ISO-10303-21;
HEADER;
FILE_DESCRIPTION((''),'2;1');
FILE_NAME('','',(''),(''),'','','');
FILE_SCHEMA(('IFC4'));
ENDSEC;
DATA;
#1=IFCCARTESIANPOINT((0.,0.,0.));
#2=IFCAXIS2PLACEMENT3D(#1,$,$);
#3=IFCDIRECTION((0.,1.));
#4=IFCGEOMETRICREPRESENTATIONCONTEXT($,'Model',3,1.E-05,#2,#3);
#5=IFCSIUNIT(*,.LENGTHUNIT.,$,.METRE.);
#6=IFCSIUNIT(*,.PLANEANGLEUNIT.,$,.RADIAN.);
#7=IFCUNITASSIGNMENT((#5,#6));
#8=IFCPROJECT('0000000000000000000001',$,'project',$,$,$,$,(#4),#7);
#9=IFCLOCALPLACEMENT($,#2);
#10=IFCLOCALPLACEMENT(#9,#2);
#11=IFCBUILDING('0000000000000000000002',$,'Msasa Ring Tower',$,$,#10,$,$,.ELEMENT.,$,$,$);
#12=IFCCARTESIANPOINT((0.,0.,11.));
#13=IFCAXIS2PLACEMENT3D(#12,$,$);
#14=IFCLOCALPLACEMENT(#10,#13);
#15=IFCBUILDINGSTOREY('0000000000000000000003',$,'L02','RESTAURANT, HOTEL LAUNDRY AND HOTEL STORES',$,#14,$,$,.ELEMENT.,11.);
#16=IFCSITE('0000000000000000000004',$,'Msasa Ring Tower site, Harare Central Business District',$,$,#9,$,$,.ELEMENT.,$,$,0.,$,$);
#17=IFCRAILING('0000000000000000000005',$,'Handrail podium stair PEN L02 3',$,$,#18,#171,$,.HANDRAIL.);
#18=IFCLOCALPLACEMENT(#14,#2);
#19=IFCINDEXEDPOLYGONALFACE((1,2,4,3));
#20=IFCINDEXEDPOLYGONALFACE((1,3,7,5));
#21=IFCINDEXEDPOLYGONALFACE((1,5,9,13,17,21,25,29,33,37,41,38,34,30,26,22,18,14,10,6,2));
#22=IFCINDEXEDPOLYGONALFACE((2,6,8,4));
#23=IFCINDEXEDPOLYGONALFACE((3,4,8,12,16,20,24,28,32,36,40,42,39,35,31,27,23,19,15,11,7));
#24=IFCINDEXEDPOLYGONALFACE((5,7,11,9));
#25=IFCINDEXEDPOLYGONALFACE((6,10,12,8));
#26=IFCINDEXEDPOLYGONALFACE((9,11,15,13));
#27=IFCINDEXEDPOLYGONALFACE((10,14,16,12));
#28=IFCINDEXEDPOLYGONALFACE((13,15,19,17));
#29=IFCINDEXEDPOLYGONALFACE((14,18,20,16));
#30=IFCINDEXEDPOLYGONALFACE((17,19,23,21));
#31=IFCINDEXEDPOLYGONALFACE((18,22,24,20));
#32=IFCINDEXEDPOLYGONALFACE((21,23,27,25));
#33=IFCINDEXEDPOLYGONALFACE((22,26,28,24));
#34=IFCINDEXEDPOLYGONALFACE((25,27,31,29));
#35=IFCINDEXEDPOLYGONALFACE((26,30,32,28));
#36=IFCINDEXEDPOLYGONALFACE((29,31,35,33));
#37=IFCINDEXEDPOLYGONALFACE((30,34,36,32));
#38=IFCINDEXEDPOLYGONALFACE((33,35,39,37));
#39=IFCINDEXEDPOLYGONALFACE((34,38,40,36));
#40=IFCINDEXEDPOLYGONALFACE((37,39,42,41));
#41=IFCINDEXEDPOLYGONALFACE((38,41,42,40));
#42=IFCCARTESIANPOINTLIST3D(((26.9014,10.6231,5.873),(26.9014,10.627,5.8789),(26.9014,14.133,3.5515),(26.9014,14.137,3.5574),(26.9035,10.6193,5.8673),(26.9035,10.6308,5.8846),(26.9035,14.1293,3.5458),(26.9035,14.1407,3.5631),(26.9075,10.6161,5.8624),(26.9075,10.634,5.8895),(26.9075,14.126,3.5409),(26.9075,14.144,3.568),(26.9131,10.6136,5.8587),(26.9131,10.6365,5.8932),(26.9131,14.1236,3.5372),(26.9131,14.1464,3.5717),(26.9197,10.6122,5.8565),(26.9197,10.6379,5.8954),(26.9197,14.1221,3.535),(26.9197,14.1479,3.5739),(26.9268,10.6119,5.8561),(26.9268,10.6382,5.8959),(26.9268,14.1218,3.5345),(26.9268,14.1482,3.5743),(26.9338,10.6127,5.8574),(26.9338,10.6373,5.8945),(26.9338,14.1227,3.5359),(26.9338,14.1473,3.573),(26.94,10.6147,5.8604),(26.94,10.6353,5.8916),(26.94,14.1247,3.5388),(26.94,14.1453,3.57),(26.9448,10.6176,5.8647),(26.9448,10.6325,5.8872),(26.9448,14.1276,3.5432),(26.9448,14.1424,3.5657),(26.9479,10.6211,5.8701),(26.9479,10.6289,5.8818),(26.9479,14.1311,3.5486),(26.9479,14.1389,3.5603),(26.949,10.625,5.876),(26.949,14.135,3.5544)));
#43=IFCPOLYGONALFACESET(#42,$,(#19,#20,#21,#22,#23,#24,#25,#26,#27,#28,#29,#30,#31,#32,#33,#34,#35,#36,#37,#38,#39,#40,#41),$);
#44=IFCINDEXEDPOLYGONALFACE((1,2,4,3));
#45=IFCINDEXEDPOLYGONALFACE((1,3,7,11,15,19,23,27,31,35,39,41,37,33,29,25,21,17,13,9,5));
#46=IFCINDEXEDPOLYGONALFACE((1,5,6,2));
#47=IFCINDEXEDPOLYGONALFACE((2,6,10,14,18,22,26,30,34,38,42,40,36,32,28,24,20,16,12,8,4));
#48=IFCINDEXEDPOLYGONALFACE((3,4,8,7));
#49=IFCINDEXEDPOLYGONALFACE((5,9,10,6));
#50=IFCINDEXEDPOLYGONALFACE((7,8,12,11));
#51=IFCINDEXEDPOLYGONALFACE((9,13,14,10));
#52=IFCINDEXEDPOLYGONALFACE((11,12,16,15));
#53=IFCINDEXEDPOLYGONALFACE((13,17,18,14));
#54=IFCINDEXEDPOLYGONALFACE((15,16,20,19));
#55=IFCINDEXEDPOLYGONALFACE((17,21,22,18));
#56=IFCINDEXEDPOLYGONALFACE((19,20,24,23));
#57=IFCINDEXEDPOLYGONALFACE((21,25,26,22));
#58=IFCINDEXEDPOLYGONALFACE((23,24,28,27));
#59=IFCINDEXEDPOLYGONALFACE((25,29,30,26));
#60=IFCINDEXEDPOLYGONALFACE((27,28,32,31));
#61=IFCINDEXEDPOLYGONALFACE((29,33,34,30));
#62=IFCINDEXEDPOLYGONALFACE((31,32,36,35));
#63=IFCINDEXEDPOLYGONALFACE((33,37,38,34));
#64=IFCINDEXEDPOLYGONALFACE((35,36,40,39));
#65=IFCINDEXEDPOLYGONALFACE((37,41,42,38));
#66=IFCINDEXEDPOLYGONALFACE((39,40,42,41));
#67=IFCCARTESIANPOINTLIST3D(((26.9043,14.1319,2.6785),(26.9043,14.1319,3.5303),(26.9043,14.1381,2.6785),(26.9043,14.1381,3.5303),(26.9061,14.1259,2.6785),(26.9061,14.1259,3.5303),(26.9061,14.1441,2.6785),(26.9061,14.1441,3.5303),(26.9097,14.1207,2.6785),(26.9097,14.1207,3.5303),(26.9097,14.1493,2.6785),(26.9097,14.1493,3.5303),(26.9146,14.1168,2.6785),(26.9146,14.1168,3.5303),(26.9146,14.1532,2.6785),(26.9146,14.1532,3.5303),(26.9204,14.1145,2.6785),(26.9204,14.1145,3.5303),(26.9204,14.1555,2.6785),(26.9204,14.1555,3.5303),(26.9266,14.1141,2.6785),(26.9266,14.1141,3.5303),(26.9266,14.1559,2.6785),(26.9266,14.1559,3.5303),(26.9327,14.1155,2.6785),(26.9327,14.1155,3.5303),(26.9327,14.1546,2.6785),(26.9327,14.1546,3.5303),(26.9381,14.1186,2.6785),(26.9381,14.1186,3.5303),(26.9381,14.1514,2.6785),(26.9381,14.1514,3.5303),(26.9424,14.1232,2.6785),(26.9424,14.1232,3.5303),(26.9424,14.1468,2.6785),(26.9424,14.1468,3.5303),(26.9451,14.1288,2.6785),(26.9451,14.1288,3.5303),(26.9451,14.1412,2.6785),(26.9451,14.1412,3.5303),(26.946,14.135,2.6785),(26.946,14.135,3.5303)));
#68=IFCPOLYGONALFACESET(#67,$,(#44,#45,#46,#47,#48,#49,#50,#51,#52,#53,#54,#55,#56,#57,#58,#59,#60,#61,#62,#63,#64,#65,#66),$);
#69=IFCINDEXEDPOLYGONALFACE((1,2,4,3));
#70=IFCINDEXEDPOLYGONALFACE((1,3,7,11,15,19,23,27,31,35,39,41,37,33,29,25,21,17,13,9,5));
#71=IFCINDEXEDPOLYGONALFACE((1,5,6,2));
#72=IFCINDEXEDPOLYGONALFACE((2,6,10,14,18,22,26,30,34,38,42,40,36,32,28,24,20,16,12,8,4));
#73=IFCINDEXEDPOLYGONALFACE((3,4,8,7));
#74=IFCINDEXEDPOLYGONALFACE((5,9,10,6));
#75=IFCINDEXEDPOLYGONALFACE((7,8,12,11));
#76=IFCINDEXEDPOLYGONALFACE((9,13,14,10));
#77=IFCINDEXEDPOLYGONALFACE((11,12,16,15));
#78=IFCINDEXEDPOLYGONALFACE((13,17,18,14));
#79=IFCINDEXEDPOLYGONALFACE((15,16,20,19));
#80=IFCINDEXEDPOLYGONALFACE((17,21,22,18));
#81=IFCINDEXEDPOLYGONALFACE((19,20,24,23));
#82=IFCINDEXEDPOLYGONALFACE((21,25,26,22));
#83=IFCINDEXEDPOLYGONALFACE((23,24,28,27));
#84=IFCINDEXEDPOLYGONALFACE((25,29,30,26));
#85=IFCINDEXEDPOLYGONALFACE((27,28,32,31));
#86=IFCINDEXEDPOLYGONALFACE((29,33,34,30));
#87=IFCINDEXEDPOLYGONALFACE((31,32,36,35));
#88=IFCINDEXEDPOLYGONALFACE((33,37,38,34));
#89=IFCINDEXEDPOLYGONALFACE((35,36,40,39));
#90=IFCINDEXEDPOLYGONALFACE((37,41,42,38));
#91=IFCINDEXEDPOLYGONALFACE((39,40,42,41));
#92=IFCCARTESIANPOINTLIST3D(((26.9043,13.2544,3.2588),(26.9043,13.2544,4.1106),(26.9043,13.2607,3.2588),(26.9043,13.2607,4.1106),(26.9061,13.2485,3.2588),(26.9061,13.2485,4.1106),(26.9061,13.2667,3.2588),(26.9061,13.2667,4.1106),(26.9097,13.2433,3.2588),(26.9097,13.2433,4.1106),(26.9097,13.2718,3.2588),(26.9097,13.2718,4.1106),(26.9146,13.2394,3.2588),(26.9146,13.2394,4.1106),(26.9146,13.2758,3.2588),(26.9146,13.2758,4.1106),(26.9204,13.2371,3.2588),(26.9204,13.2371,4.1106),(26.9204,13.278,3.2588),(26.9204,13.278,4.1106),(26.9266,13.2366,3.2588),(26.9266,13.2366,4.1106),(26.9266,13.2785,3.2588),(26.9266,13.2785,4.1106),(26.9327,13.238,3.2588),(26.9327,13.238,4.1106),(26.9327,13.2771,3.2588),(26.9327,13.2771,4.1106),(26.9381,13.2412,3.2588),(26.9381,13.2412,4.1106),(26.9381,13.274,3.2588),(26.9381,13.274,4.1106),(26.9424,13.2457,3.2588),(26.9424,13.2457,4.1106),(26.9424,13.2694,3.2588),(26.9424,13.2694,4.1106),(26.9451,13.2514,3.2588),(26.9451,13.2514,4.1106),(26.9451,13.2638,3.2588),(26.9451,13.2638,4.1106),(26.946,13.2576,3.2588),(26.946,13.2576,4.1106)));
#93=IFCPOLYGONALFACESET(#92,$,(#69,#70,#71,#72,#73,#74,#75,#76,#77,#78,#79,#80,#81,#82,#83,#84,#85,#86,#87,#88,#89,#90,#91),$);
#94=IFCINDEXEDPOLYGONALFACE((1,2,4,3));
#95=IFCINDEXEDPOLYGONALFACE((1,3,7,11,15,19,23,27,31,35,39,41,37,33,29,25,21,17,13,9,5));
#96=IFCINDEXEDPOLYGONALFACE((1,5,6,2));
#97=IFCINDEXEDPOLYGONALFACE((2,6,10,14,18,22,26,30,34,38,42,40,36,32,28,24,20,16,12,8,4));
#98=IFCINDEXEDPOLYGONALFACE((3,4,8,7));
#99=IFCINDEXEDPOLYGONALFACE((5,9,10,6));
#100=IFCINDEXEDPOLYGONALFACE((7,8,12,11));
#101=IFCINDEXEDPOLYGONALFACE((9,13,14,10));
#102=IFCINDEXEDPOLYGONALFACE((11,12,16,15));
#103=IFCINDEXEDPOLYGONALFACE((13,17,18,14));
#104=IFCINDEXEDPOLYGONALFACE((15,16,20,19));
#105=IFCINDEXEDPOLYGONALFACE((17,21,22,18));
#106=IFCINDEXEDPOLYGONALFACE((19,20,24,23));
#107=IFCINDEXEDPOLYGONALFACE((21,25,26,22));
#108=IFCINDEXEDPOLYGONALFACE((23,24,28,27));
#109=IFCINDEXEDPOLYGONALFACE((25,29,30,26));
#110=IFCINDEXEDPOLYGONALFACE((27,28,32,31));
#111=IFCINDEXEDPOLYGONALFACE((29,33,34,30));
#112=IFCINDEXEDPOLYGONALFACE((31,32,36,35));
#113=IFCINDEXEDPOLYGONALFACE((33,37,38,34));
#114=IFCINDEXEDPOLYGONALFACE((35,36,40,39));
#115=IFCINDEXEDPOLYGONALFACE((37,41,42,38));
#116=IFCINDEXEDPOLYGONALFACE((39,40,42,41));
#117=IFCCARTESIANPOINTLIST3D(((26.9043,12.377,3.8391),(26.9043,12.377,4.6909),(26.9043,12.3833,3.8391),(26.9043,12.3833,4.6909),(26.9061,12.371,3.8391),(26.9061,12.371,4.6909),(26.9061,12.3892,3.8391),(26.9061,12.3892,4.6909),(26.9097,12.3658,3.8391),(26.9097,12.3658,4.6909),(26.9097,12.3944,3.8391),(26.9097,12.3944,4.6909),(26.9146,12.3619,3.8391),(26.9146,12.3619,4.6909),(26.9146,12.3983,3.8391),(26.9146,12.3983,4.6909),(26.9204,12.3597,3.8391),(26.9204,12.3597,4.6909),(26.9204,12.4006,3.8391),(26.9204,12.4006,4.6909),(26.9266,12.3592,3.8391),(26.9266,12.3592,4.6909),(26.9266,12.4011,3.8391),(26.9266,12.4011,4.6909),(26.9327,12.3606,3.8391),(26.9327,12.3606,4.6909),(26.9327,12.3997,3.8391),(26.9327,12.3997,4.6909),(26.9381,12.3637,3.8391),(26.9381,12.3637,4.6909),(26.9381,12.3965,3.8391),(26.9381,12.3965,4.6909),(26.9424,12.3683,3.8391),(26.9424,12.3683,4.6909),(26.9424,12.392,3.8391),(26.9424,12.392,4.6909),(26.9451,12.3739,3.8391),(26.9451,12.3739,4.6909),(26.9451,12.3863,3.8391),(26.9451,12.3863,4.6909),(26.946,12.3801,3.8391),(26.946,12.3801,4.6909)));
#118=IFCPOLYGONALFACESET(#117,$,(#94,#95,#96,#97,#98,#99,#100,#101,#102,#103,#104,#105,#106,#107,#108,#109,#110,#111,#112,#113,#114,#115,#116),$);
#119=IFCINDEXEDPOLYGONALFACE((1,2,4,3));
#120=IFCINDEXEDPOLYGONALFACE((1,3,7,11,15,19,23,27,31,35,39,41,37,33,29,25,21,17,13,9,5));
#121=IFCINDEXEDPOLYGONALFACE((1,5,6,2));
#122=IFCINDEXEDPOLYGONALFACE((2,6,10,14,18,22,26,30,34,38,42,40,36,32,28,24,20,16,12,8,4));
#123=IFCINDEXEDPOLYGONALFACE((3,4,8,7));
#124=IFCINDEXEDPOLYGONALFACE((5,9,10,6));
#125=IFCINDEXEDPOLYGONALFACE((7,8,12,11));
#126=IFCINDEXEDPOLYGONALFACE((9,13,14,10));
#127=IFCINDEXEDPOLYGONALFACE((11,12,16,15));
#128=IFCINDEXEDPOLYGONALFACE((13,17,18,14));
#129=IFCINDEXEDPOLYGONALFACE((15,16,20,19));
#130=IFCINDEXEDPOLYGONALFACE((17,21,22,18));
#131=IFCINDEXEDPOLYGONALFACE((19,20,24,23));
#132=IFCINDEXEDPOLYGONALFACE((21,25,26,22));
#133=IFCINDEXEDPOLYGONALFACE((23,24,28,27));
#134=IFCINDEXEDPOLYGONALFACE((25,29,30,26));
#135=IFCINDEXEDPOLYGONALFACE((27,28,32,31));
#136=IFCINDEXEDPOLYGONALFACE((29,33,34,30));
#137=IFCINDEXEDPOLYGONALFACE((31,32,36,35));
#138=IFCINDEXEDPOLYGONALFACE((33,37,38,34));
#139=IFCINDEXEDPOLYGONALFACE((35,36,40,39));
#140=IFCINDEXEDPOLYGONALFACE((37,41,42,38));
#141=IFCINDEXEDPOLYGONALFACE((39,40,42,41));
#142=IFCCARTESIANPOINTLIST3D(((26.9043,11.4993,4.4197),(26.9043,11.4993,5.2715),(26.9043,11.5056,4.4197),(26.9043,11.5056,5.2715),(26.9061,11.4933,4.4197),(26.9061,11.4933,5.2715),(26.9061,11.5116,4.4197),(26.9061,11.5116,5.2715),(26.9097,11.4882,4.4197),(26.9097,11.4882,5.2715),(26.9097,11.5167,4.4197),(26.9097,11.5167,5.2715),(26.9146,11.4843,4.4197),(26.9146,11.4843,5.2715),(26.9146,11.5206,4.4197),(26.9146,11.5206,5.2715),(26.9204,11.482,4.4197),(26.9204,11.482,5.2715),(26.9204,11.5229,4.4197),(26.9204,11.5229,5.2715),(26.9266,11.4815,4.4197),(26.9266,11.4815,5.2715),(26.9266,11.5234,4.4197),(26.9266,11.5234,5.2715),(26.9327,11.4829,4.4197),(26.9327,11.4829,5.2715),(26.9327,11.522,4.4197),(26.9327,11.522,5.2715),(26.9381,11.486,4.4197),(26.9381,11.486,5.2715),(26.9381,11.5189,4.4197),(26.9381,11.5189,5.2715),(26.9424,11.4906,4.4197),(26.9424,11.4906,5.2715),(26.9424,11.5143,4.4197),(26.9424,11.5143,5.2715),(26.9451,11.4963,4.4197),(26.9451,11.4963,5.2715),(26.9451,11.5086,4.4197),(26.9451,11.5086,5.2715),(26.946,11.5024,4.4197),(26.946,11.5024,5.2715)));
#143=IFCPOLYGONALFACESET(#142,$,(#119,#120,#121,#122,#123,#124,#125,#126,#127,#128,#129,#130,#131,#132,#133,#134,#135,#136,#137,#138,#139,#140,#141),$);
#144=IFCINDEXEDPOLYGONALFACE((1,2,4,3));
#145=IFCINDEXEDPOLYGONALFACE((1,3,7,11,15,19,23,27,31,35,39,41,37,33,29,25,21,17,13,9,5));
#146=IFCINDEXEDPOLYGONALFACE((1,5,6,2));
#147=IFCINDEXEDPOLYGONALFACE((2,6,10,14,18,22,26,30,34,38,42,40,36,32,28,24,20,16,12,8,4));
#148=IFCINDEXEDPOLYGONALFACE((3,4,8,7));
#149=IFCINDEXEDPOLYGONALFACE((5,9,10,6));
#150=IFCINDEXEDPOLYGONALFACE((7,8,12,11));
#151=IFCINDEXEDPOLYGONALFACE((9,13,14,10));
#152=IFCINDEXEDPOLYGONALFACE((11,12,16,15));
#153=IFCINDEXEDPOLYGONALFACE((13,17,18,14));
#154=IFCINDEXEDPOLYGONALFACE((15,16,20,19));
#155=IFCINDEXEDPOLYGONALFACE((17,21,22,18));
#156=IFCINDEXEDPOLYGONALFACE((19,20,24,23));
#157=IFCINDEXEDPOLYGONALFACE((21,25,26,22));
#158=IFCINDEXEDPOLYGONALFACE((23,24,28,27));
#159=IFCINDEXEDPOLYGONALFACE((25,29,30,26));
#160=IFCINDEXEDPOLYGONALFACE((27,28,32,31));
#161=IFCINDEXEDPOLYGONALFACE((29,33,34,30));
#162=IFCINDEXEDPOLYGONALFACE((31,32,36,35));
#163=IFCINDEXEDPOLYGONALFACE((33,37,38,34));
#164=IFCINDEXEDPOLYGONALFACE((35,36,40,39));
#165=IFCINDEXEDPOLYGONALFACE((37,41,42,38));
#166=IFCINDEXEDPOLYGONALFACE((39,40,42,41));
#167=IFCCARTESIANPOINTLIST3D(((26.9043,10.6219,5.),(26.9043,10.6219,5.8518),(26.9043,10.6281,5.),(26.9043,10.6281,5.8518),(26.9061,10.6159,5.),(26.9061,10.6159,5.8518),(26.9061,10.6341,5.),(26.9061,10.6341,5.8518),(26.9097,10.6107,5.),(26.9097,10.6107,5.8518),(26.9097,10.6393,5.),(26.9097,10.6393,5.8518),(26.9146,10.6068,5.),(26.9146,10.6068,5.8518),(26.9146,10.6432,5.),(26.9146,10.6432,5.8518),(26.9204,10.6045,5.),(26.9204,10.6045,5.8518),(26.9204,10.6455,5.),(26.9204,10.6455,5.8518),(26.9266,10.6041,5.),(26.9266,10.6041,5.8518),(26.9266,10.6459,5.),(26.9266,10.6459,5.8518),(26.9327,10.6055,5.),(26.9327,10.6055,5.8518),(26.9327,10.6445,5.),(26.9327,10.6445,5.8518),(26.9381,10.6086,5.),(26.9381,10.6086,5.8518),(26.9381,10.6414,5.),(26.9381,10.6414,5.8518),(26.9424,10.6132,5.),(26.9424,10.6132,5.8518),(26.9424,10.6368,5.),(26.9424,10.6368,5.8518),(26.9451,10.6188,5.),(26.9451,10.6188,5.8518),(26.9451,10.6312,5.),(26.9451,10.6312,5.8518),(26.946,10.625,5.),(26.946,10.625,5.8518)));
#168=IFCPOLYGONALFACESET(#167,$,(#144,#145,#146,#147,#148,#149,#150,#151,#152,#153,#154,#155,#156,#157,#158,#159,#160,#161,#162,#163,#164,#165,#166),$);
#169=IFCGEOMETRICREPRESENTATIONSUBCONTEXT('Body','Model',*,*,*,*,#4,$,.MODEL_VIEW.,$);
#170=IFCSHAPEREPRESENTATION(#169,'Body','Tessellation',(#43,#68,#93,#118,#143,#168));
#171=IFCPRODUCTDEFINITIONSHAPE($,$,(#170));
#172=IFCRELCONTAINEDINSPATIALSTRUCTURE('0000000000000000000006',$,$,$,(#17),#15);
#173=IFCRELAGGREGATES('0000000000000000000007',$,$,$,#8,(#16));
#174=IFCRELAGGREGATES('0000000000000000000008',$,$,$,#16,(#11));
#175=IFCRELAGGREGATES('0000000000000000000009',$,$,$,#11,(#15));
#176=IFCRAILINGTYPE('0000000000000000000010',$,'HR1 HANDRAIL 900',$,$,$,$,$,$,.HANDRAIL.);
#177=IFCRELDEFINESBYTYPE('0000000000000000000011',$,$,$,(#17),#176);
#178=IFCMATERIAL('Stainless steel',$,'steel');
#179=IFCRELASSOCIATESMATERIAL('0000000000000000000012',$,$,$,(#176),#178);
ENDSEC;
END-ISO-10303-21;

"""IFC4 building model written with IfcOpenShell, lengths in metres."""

from ifc_helpers import new_model, si_unit, direction, frame, origin, origin_2d, place, context, subcontext, project, spatial, circle, extrude, material, type_object, element, save


model = new_model("IFC4")

# Units and contexts
model_context = context("Model", 3, precision=1e-05, world=origin(), true_north=direction((0.0, 1.0)))
body_context = subcontext(model_context, "Body", "Model", "MODEL_VIEW")
ifc_project = project(units=[si_unit("LENGTHUNIT", "METRE"), si_unit("PLANEANGLEUNIT", "RADIAN")], contexts=[model_context])

# Site, building, storey
site_placement = place(None, origin())
site = spatial("IfcSite", under=ifc_project, at=site_placement, Name="Msasa Ring Tower site, Harare Central Business District", CompositionType="ELEMENT", RefElevation=0.0)
building_placement = place(site_placement, origin())
building = spatial("IfcBuilding", under=site, at=building_placement, Name="Msasa Ring Tower", CompositionType="ELEMENT")
storey_placement = place(building_placement, frame((0.0, 0.0, 11.0)))
storey = spatial("IfcBuildingStorey", under=building, at=storey_placement, Name="L02", Description="RESTAURANT, HOTEL LAUNDRY AND HOTEL STORES", CompositionType="ELEMENT", Elevation=11.0)

# Railing
ifc_material_1 = material(Name="Stainless steel", Category="steel")
railing_type = type_object("IfcRailingType", Name="HR1 HANDRAIL 900", PredefinedType="HANDRAIL", material=ifc_material_1)
for number, where, name in (
    (1, (26.925, 14.135, 2.6785), "Handrail podium stair PEN L02 3"),
):
    element("IfcRailing", number, at=place(storey_placement, frame(where)), inside=storey, type_object=railing_type, Name=name, PredefinedType="HANDRAIL", context=body_context, shape_type="SweptSolid", body=[
        extrude(circle(Radius=0.0239, at=origin_2d()), frame((0.0, 0.0, 0.876), z_axis=(0.0, -0.834071, 0.551657), x_axis=(1.0, 0.0, 0.0)), (0.0, 0.0, 1.0), 4.2083),
        extrude(circle(Radius=0.021, at=origin_2d()), origin(), (0.0, 0.0, 1.0), 0.8518),
        extrude(circle(Radius=0.021, at=origin_2d()), frame((0.0, -0.8774, 0.5803)), (0.0, 0.0, 1.0), 0.8518),
        extrude(circle(Radius=0.021, at=origin_2d()), frame((0.0, -1.7549, 1.1606)), (0.0, 0.0, 1.0), 0.8518),
        extrude(circle(Radius=0.021, at=origin_2d()), frame((0.0, -2.6326, 1.7412)), (0.0, 0.0, 1.0), 0.8518),
        extrude(circle(Radius=0.021, at=origin_2d()), frame((0.0, -3.51, 2.3215)), (0.0, 0.0, 1.0), 0.8518),
    ])

save(model, "model.ifc")
